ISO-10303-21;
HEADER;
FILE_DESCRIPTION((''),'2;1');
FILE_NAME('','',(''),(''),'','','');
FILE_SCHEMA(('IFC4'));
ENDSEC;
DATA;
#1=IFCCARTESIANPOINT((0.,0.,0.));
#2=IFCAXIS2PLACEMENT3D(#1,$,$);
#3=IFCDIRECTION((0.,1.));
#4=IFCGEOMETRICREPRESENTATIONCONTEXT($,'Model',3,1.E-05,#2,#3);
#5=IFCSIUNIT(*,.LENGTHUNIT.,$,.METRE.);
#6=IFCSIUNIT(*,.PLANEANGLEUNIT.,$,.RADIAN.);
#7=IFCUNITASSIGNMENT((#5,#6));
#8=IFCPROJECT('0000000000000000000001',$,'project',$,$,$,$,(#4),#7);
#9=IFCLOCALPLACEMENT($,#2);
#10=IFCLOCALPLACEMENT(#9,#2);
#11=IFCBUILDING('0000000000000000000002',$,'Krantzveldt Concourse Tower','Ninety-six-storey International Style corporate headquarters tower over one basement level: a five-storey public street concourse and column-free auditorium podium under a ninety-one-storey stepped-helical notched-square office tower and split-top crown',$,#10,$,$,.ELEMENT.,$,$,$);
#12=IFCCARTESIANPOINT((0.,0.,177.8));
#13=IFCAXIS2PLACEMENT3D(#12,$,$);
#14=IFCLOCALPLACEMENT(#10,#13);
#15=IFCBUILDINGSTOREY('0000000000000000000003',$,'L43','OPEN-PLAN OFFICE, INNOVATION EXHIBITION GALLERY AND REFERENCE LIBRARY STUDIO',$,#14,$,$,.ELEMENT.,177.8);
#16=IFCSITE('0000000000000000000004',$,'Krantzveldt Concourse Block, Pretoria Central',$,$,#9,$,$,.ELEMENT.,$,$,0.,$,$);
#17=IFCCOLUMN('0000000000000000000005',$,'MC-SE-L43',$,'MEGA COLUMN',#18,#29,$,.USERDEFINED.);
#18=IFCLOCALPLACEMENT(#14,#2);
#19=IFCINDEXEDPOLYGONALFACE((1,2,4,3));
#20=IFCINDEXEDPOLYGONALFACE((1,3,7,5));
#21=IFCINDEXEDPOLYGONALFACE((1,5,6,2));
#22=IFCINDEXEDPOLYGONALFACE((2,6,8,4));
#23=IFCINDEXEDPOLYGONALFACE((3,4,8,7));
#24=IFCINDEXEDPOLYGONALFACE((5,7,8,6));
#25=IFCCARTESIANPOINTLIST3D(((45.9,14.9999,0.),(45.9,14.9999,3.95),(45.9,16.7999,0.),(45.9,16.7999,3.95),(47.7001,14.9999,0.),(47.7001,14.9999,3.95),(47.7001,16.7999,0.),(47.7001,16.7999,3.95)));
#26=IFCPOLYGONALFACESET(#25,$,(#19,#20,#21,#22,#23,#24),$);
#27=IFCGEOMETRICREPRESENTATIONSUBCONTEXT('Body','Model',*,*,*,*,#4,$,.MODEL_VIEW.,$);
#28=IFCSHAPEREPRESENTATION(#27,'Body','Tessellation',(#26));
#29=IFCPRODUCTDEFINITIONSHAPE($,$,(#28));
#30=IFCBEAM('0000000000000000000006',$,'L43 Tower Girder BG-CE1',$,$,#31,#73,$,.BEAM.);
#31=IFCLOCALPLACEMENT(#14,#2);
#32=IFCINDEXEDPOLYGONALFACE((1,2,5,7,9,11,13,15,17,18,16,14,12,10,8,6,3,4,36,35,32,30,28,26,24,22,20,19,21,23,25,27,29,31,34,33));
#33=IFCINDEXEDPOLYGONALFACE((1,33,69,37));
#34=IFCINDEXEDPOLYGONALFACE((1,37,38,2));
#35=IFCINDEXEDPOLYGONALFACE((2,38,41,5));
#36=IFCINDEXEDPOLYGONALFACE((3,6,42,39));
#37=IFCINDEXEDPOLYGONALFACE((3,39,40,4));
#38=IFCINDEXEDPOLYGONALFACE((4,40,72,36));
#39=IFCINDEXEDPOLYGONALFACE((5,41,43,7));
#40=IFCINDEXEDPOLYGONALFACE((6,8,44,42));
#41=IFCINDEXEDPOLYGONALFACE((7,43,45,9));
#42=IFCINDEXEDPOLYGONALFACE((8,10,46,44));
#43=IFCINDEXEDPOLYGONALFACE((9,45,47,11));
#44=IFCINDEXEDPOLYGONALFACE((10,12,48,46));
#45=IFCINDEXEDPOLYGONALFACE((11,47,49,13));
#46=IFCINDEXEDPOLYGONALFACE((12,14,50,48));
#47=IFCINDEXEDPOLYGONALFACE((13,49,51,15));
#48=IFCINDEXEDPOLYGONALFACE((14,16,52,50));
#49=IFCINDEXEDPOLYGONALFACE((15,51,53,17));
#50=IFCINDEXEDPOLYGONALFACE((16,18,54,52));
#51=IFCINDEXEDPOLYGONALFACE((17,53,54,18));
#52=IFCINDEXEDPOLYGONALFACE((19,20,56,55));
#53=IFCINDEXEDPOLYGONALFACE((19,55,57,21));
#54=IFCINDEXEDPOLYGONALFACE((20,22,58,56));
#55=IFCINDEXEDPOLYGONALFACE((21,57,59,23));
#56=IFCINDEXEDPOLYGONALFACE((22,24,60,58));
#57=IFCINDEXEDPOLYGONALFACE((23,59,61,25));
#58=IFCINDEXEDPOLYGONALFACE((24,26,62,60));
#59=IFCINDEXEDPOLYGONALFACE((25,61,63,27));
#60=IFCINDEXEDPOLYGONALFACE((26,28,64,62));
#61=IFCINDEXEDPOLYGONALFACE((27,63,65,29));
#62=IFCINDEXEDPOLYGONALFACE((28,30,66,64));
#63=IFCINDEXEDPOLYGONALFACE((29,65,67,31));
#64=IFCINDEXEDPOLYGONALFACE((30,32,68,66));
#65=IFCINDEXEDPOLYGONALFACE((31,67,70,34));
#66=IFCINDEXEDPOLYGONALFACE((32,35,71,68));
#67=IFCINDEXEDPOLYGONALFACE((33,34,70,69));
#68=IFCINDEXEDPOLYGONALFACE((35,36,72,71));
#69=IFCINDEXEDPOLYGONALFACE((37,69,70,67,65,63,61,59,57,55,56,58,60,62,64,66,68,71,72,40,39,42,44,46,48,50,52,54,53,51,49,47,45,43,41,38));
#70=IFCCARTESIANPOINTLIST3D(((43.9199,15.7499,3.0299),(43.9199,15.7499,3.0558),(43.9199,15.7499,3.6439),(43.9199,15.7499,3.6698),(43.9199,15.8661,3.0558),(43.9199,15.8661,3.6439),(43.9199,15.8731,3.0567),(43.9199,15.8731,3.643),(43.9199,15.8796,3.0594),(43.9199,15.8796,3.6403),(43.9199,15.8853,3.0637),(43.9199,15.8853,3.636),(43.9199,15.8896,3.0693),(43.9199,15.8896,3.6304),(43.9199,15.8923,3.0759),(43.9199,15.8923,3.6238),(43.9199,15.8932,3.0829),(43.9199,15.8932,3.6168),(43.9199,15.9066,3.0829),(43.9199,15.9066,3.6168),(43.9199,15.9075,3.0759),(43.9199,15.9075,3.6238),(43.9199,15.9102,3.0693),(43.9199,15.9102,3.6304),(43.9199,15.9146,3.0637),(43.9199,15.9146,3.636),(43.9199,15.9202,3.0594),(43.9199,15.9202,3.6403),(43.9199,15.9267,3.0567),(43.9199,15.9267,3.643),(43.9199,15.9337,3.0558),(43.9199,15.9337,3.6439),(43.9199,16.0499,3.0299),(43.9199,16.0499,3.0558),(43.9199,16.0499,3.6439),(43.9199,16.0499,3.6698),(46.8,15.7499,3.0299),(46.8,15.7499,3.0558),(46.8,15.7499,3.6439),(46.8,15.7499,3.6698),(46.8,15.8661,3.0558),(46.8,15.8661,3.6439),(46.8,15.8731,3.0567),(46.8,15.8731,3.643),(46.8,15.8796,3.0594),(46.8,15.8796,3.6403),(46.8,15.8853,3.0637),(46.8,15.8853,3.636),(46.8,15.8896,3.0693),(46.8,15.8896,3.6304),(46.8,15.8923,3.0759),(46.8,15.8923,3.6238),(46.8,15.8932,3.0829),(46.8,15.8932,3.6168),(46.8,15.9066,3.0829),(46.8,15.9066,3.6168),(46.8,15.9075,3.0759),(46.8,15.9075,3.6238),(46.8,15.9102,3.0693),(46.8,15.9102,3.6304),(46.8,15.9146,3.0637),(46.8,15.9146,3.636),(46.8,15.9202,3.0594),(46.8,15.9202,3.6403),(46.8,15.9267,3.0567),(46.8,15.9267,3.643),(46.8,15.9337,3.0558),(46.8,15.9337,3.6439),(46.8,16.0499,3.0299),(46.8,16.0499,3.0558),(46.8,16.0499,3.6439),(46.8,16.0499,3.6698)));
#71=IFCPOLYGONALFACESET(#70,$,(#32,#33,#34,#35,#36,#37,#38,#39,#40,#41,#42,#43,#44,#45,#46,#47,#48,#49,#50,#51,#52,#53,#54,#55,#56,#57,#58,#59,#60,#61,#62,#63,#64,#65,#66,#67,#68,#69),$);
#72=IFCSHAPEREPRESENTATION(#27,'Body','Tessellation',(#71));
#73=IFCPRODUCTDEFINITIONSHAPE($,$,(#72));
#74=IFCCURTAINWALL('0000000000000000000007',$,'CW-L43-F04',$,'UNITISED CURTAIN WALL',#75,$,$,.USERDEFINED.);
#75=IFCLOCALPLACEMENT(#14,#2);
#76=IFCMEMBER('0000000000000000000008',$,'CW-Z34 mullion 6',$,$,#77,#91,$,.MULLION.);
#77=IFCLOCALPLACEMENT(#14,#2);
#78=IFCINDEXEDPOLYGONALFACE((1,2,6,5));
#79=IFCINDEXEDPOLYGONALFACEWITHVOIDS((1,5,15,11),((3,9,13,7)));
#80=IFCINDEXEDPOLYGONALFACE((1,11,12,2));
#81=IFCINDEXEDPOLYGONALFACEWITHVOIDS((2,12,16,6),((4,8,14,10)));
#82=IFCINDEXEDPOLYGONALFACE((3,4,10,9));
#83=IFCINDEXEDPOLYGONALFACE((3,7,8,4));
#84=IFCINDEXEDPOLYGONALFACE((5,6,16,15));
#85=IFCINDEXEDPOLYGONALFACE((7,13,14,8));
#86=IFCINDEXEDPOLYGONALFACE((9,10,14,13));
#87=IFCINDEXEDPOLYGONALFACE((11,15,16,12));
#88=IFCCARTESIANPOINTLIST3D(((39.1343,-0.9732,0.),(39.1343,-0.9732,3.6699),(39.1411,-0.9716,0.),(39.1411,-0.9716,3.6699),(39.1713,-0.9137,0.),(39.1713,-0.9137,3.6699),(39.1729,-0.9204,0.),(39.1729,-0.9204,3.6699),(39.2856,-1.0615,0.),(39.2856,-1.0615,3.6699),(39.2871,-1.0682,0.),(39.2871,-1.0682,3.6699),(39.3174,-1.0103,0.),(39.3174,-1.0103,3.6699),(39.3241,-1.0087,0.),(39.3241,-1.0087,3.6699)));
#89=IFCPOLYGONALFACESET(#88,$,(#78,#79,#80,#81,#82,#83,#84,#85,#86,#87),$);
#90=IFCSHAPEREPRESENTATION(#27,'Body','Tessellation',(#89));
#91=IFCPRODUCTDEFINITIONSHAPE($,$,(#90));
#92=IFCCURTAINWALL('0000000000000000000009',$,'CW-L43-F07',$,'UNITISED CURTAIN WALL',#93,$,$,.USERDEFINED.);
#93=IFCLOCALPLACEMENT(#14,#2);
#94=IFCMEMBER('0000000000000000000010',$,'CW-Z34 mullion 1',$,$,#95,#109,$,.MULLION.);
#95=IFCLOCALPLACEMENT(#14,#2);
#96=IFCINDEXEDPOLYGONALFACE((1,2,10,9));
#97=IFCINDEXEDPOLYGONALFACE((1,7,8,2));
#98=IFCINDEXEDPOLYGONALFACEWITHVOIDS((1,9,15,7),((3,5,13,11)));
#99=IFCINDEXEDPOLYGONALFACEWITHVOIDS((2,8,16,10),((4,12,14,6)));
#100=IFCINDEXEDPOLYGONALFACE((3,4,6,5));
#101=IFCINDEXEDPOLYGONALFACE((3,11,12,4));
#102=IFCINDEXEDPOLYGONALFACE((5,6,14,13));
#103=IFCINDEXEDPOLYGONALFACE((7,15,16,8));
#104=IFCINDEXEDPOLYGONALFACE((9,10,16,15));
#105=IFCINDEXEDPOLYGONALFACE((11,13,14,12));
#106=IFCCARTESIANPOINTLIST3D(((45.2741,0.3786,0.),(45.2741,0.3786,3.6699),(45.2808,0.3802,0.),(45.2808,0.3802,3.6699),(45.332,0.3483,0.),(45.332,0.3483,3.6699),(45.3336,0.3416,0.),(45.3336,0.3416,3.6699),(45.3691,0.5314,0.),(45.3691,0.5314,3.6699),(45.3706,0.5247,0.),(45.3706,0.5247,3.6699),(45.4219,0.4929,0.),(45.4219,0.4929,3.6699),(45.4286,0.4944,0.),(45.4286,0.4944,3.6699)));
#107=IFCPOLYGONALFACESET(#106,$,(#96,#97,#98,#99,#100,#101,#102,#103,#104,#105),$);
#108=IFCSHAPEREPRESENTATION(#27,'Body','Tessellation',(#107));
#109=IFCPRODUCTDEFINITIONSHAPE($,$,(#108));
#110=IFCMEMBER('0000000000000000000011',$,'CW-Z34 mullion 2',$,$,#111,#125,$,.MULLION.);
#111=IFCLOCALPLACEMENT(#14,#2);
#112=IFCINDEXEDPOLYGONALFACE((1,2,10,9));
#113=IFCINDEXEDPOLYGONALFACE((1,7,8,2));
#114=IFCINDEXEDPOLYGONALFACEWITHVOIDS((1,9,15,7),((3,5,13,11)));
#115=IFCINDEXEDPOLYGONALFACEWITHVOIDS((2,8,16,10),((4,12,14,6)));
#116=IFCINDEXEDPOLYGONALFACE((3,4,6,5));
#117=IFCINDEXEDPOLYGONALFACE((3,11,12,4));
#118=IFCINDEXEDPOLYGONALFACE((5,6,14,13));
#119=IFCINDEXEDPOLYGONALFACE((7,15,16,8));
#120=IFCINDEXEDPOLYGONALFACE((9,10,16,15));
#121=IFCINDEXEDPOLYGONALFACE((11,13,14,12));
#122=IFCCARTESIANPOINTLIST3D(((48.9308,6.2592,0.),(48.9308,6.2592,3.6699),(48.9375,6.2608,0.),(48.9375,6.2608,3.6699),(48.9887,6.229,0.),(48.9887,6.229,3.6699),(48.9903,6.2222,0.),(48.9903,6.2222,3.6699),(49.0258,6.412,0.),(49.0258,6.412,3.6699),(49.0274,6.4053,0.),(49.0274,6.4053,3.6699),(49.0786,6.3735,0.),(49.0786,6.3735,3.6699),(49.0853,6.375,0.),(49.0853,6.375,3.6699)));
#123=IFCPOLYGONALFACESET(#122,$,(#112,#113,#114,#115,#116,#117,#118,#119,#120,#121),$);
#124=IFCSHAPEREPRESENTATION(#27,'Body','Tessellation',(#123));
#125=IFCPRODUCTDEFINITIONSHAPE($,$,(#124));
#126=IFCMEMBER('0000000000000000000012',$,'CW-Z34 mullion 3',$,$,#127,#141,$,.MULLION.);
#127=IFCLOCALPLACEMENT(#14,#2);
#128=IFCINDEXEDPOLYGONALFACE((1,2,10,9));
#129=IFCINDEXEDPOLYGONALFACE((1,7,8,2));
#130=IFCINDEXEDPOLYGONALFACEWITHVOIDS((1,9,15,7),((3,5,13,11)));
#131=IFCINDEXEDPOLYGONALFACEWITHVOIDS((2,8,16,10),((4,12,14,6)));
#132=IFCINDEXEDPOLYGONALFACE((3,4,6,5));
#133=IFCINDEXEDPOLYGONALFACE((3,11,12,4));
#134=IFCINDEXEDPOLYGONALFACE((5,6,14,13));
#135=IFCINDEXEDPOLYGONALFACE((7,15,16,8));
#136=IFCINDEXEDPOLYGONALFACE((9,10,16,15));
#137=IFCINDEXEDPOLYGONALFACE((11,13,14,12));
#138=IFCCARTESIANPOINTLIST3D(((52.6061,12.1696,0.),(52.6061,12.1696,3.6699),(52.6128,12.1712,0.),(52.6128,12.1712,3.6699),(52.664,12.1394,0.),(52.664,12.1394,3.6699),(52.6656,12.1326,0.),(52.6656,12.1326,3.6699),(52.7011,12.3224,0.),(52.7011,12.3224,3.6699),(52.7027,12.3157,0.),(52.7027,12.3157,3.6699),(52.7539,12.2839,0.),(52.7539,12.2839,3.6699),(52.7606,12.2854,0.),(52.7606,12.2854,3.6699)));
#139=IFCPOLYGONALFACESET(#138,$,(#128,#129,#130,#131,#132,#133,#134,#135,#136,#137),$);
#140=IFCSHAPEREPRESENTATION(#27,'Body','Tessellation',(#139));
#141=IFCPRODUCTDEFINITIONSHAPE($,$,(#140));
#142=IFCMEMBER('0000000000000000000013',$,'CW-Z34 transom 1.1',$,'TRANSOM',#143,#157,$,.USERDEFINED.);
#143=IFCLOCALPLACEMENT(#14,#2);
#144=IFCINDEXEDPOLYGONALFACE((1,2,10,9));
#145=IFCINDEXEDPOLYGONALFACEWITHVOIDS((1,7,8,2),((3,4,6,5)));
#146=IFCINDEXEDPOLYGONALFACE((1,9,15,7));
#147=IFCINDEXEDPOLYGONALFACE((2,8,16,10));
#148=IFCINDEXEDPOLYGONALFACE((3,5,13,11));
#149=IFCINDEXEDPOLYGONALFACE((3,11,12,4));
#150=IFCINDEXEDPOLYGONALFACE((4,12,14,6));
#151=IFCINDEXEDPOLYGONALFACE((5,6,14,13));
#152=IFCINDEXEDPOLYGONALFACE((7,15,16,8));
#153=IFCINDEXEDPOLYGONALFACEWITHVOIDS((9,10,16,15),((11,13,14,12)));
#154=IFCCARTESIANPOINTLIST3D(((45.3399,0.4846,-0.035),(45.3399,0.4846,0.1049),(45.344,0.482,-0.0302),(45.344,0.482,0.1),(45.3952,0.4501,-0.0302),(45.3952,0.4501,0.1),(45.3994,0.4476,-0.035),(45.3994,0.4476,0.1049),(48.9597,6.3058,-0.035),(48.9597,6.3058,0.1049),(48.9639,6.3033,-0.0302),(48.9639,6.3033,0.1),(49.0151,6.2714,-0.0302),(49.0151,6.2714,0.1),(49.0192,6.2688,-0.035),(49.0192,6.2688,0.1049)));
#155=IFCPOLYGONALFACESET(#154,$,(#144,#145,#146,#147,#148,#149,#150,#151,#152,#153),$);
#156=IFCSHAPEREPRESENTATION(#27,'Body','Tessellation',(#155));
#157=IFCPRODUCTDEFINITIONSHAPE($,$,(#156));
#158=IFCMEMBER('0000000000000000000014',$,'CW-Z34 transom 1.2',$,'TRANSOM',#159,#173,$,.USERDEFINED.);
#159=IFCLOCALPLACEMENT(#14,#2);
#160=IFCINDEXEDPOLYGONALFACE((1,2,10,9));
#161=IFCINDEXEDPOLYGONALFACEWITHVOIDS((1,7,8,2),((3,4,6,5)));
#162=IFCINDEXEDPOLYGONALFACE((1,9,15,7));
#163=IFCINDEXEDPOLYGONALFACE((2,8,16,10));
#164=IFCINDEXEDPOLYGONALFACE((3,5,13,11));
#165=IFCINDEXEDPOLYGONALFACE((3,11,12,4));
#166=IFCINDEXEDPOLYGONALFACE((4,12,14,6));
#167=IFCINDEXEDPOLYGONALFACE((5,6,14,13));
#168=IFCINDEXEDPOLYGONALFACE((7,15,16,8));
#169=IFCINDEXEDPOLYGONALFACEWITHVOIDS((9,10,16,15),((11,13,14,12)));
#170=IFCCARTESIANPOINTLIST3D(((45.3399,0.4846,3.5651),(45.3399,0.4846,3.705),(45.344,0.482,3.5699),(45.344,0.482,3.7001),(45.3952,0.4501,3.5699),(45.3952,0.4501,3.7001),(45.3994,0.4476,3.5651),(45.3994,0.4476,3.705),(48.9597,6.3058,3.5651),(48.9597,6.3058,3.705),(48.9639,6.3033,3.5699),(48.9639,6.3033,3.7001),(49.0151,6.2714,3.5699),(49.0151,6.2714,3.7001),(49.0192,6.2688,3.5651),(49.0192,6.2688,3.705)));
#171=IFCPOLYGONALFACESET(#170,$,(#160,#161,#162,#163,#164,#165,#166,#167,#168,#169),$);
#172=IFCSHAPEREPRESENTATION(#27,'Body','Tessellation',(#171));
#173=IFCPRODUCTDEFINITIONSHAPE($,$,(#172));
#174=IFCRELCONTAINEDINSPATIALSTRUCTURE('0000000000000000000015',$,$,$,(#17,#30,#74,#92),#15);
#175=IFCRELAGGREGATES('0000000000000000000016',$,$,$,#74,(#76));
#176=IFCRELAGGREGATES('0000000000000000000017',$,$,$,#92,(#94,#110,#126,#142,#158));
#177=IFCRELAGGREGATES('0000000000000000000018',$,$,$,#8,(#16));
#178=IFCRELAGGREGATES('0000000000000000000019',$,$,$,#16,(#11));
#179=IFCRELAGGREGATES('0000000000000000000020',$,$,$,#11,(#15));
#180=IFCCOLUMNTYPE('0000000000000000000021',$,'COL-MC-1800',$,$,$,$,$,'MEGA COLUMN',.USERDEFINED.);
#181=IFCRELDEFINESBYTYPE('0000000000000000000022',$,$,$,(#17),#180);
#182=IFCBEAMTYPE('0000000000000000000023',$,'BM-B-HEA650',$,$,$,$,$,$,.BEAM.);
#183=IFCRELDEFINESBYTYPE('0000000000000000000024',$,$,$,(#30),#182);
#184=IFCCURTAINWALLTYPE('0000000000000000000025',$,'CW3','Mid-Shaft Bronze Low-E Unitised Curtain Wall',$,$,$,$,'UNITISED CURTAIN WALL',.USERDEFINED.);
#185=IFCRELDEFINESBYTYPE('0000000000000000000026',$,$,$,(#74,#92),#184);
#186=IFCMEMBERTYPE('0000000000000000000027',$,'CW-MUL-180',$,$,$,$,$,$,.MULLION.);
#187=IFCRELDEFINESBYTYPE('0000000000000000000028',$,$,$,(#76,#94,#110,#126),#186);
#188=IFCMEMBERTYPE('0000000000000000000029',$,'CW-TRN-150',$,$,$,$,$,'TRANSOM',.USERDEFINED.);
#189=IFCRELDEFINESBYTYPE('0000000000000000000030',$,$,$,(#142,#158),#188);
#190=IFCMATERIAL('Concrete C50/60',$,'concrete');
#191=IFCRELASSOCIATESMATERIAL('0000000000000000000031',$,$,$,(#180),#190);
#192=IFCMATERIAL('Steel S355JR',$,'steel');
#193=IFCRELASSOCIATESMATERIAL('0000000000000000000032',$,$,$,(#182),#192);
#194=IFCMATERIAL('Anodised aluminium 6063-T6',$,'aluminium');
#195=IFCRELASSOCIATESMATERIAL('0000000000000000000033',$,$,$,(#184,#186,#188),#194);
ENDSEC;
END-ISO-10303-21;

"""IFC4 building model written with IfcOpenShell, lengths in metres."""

from ifc_helpers import new_model, si_unit, direction, frame, origin, origin_2d, place, context, subcontext, project, spatial, rectangle, hollow_rectangle, i_section, extrude, source, transform, mapped, material, material_profile, profile_set, type_object, type_shapes, element, aggregate, save


model = new_model("IFC4")

# Units and contexts
model_context = context("Model", 3, precision=1e-05, world=origin(), true_north=direction((0.0, 1.0)))
body_context = subcontext(model_context, "Body", "Model", "MODEL_VIEW")
ifc_project = project(units=[si_unit("LENGTHUNIT", "METRE"), si_unit("PLANEANGLEUNIT", "RADIAN")], contexts=[model_context])

# Site, building, storey
site_placement = place(None, origin())
site = spatial("IfcSite", under=ifc_project, at=site_placement, Name="Krantzveldt Concourse Block, Pretoria Central", CompositionType="ELEMENT", RefElevation=0.0)
building_placement = place(site_placement, origin())
building = spatial("IfcBuilding", under=site, at=building_placement, Name="Krantzveldt Concourse Tower", Description="Ninety-six-storey International Style corporate headquarters tower over one basement level: a five-storey public street concourse and column-free auditorium podium under a ninety-one-storey stepped-helical notched-square office tower and split-top crown", CompositionType="ELEMENT")
storey_placement = place(building_placement, frame((0.0, 0.0, 177.8)))
storey = spatial("IfcBuildingStorey", under=building, at=storey_placement, Name="L43", Description="OPEN-PLAN OFFICE, INNOVATION EXHIBITION GALLERY AND REFERENCE LIBRARY STUDIO", CompositionType="ELEMENT", Elevation=177.8)

# Column
ifc_material_1 = material(Name="Concrete C50/60", Category="concrete")
ifc_material_profile_1 = material_profile(ifc_material_1, rectangle(XDim=1.8, YDim=1.8, at=origin_2d()), Name="Concrete C50/60", Category="concrete")
ifc_profile_set_1 = profile_set([ifc_material_profile_1], Name="Concrete C50/60 - RC 1800x1800")
column_type = type_object("IfcColumnType", Name="COL-MC-1800", ElementType="MEGA COLUMN", PredefinedType="USERDEFINED", material=ifc_profile_set_1)
shared_shape_1 = source(origin(), body_context, "Body", "SweptSolid", [
    extrude(rectangle(XDim=1.8, YDim=1.8, at=origin_2d()), origin(), (0.0, 0.0, 1.0), 3.95),
])
type_shapes(column_type, [shared_shape_1])
column_placement = place(storey_placement, frame((46.8, 15.8999, 0.0), z_axis=(0.0, 0.0, 1.0), x_axis=(1.0, 0.0, 0.0)))
element("IfcColumn", 1, at=column_placement, inside=storey, type_object=column_type, Name="MC-SE-L43", ObjectType="MEGA COLUMN", PredefinedType="USERDEFINED", context=body_context, shape_type="MappedRepresentation", body=[
    mapped(shared_shape_1, transform((0.0, 0.0, 0.0), x_axis=(1.0, 0.0, 0.0), y_axis=(0.0, 1.0, 0.0), z_axis=(0.0, 0.0, 1.0), scale=1.0)),
])

# Beam
ifc_material_2 = material(Name="Steel S355JR", Category="steel")
ifc_material_profile_2 = material_profile(ifc_material_2, i_section(OverallWidth=0.3, OverallDepth=0.6399, WebThickness=0.0134, FlangeThickness=0.0259, FilletRadius=0.0271, at=origin_2d()), Name="Steel S355JR", Category="steel")
ifc_profile_set_2 = profile_set([ifc_material_profile_2], Name="Steel S355JR - HEA 650")
beam_type = type_object("IfcBeamType", Name="BM-B-HEA650", PredefinedType="BEAM", material=ifc_profile_set_2)
shared_shape_2 = source(origin(), body_context, "Body", "SweptSolid", [
    extrude(i_section(OverallWidth=0.3, OverallDepth=0.6399, WebThickness=0.0134, FlangeThickness=0.0259, FilletRadius=0.0271, at=origin_2d()), origin(), (0.0, 0.0, 1.0), 2.8801),
])
type_shapes(beam_type, [shared_shape_2])
beam_placement = place(storey_placement, frame((43.9199, 15.8999, 3.3499), z_axis=(1.0, 0.0, 0.0), x_axis=(0.0, 1.0, 0.0)))
element("IfcBeam", 2, at=beam_placement, inside=storey, type_object=beam_type, Name="L43 Tower Girder BG-CE1", PredefinedType="BEAM", context=body_context, shape_type="MappedRepresentation", body=[
    mapped(shared_shape_2, transform((0.0, 0.0, 0.0), x_axis=(1.0, 0.0, 0.0), y_axis=(0.0, 1.0, 0.0), z_axis=(0.0, 0.0, 1.0), scale=1.0)),
])

# Curtain wall, member
ifc_material_3 = material(Name="Anodised aluminium 6063-T6", Category="aluminium")
curtain_wall_type = type_object("IfcCurtainWallType", Name="CW3", Description="Mid-Shaft Bronze Low-E Unitised Curtain Wall", ElementType="UNITISED CURTAIN WALL", PredefinedType="USERDEFINED", material=ifc_material_3)
curtain_wall_1_placement = place(storey_placement, origin())
curtain_wall_1 = element("IfcCurtainWall", 3, at=curtain_wall_1_placement, inside=storey, type_object=curtain_wall_type, Name="CW-L43-F04", ObjectType="UNITISED CURTAIN WALL", PredefinedType="USERDEFINED")
ifc_material_profile_3 = material_profile(ifc_material_3, hollow_rectangle(XDim=0.0701, YDim=0.1799, WallThickness=0.0049, at=origin_2d()), Name="Anodised aluminium 6063-T6", Category="aluminium")
ifc_profile_set_3 = profile_set([ifc_material_profile_3], Name="Anodised aluminium 6063-T6 - ALU-MULL 180x70x5")
member_type_1 = type_object("IfcMemberType", Name="CW-MUL-180", PredefinedType="MULLION", material=ifc_profile_set_3)
shared_shape_3 = source(origin(), body_context, "Body", "SweptSolid", [
    extrude(hollow_rectangle(XDim=0.0701, YDim=0.1799, WallThickness=0.0049, at=origin_2d()), origin(), (0.0, 0.0, 1.0), 3.6699),
])
type_shapes(member_type_1, [shared_shape_3])
member_1_placement = place(storey_placement, frame((39.2292, -0.991, 0.0), z_axis=(0.0, 0.0, 1.0), x_axis=(0.528068, 0.849202, 0.0)))
member_1 = element("IfcMember", 4, at=member_1_placement, type_object=member_type_1, Name="CW-Z34 mullion 6", PredefinedType="MULLION", context=body_context, shape_type="MappedRepresentation", body=[
    mapped(shared_shape_3, transform((0.0, 0.0, 0.0), x_axis=(1.0, 0.0, 0.0), y_axis=(0.0, 1.0, 0.0), z_axis=(0.0, 0.0, 1.0), scale=1.0)),
])

# Curtain wall, members
curtain_wall_2_placement = place(storey_placement, origin())
curtain_wall_2 = element("IfcCurtainWall", 5, at=curtain_wall_2_placement, inside=storey, type_object=curtain_wall_type, Name="CW-L43-F07", ObjectType="UNITISED CURTAIN WALL", PredefinedType="USERDEFINED")
member_2_placement = place(storey_placement, frame((45.3513, 0.4365, 0.0), z_axis=(0.0, 0.0, 1.0), x_axis=(-0.849202, 0.528068, 0.0)))
member_2 = element("IfcMember", 6, at=member_2_placement, type_object=member_type_1, Name="CW-Z34 mullion 1", PredefinedType="MULLION", context=body_context, shape_type="MappedRepresentation", body=[
    mapped(shared_shape_3, transform((0.0, 0.0, 0.0), x_axis=(1.0, 0.0, 0.0), y_axis=(0.0, 1.0, 0.0), z_axis=(0.0, 0.0, 1.0), scale=1.0)),
])
member_3_placement = place(storey_placement, frame((49.0081, 6.3171, 0.0), z_axis=(0.0, 0.0, 1.0), x_axis=(-0.849202, 0.528068, 0.0)))
member_3 = element("IfcMember", 7, at=member_3_placement, type_object=member_type_1, Name="CW-Z34 mullion 2", PredefinedType="MULLION", context=body_context, shape_type="MappedRepresentation", body=[
    mapped(shared_shape_3, transform((0.0, 0.0, 0.0), x_axis=(1.0, 0.0, 0.0), y_axis=(0.0, 1.0, 0.0), z_axis=(0.0, 0.0, 1.0), scale=1.0)),
])
member_4_placement = place(storey_placement, frame((52.6833, 12.2275, 0.0), z_axis=(0.0, 0.0, 1.0), x_axis=(-0.849202, 0.528068, 0.0)))
member_4 = element("IfcMember", 8, at=member_4_placement, type_object=member_type_1, Name="CW-Z34 mullion 3", PredefinedType="MULLION", context=body_context, shape_type="MappedRepresentation", body=[
    mapped(shared_shape_3, transform((0.0, 0.0, 0.0), x_axis=(1.0, 0.0, 0.0), y_axis=(0.0, 1.0, 0.0), z_axis=(0.0, 0.0, 1.0), scale=1.0)),
])
ifc_material_profile_4 = material_profile(ifc_material_3, hollow_rectangle(XDim=0.0701, YDim=0.1399, WallThickness=0.0049, at=origin_2d()), Name="Anodised aluminium 6063-T6", Category="aluminium")
ifc_profile_set_4 = profile_set([ifc_material_profile_4], Name="Anodised aluminium 6063-T6 - ALU-TRAN 140x70x5")
member_type_2 = type_object("IfcMemberType", Name="CW-TRN-150", ElementType="TRANSOM", PredefinedType="USERDEFINED", material=ifc_profile_set_4)
shared_shape_4 = source(origin(), body_context, "Body", "SweptSolid", [
    extrude(hollow_rectangle(XDim=0.0701, YDim=0.1399, WallThickness=0.0049, at=origin_2d()), origin(), (0.0, 0.0, 1.0), 6.855),
])
member_5_placement = place(storey_placement, frame((45.3696, 0.4661, 0.0349), z_axis=(0.528064, 0.849205, 0.0), x_axis=(-0.849205, 0.528064, 0.0)))
member_5 = element("IfcMember", 9, at=member_5_placement, type_object=member_type_2, Name="CW-Z34 transom 1.1", ObjectType="TRANSOM", PredefinedType="USERDEFINED", context=body_context, shape_type="MappedRepresentation", body=[
    mapped(shared_shape_4, transform((0.0, 0.0, 0.0), x_axis=(1.0, 0.0, 0.0), y_axis=(0.0, 1.0, 0.0), z_axis=(0.0, 0.0, 1.0), scale=1.0)),
])
member_6_placement = place(storey_placement, frame((45.3696, 0.4661, 3.635), z_axis=(0.528064, 0.849205, 0.0), x_axis=(-0.849205, 0.528064, 0.0)))
member_6 = element("IfcMember", 10, at=member_6_placement, type_object=member_type_2, Name="CW-Z34 transom 1.2", ObjectType="TRANSOM", PredefinedType="USERDEFINED", context=body_context, shape_type="MappedRepresentation", body=[
    mapped(shared_shape_4, transform((0.0, 0.0, 0.0), x_axis=(1.0, 0.0, 0.0), y_axis=(0.0, 1.0, 0.0), z_axis=(0.0, 0.0, 1.0), scale=1.0)),
])

aggregate(curtain_wall_1, [member_1])
aggregate(curtain_wall_2, [member_2, member_3, member_4, member_5, member_6])

save(model, "model.ifc")
